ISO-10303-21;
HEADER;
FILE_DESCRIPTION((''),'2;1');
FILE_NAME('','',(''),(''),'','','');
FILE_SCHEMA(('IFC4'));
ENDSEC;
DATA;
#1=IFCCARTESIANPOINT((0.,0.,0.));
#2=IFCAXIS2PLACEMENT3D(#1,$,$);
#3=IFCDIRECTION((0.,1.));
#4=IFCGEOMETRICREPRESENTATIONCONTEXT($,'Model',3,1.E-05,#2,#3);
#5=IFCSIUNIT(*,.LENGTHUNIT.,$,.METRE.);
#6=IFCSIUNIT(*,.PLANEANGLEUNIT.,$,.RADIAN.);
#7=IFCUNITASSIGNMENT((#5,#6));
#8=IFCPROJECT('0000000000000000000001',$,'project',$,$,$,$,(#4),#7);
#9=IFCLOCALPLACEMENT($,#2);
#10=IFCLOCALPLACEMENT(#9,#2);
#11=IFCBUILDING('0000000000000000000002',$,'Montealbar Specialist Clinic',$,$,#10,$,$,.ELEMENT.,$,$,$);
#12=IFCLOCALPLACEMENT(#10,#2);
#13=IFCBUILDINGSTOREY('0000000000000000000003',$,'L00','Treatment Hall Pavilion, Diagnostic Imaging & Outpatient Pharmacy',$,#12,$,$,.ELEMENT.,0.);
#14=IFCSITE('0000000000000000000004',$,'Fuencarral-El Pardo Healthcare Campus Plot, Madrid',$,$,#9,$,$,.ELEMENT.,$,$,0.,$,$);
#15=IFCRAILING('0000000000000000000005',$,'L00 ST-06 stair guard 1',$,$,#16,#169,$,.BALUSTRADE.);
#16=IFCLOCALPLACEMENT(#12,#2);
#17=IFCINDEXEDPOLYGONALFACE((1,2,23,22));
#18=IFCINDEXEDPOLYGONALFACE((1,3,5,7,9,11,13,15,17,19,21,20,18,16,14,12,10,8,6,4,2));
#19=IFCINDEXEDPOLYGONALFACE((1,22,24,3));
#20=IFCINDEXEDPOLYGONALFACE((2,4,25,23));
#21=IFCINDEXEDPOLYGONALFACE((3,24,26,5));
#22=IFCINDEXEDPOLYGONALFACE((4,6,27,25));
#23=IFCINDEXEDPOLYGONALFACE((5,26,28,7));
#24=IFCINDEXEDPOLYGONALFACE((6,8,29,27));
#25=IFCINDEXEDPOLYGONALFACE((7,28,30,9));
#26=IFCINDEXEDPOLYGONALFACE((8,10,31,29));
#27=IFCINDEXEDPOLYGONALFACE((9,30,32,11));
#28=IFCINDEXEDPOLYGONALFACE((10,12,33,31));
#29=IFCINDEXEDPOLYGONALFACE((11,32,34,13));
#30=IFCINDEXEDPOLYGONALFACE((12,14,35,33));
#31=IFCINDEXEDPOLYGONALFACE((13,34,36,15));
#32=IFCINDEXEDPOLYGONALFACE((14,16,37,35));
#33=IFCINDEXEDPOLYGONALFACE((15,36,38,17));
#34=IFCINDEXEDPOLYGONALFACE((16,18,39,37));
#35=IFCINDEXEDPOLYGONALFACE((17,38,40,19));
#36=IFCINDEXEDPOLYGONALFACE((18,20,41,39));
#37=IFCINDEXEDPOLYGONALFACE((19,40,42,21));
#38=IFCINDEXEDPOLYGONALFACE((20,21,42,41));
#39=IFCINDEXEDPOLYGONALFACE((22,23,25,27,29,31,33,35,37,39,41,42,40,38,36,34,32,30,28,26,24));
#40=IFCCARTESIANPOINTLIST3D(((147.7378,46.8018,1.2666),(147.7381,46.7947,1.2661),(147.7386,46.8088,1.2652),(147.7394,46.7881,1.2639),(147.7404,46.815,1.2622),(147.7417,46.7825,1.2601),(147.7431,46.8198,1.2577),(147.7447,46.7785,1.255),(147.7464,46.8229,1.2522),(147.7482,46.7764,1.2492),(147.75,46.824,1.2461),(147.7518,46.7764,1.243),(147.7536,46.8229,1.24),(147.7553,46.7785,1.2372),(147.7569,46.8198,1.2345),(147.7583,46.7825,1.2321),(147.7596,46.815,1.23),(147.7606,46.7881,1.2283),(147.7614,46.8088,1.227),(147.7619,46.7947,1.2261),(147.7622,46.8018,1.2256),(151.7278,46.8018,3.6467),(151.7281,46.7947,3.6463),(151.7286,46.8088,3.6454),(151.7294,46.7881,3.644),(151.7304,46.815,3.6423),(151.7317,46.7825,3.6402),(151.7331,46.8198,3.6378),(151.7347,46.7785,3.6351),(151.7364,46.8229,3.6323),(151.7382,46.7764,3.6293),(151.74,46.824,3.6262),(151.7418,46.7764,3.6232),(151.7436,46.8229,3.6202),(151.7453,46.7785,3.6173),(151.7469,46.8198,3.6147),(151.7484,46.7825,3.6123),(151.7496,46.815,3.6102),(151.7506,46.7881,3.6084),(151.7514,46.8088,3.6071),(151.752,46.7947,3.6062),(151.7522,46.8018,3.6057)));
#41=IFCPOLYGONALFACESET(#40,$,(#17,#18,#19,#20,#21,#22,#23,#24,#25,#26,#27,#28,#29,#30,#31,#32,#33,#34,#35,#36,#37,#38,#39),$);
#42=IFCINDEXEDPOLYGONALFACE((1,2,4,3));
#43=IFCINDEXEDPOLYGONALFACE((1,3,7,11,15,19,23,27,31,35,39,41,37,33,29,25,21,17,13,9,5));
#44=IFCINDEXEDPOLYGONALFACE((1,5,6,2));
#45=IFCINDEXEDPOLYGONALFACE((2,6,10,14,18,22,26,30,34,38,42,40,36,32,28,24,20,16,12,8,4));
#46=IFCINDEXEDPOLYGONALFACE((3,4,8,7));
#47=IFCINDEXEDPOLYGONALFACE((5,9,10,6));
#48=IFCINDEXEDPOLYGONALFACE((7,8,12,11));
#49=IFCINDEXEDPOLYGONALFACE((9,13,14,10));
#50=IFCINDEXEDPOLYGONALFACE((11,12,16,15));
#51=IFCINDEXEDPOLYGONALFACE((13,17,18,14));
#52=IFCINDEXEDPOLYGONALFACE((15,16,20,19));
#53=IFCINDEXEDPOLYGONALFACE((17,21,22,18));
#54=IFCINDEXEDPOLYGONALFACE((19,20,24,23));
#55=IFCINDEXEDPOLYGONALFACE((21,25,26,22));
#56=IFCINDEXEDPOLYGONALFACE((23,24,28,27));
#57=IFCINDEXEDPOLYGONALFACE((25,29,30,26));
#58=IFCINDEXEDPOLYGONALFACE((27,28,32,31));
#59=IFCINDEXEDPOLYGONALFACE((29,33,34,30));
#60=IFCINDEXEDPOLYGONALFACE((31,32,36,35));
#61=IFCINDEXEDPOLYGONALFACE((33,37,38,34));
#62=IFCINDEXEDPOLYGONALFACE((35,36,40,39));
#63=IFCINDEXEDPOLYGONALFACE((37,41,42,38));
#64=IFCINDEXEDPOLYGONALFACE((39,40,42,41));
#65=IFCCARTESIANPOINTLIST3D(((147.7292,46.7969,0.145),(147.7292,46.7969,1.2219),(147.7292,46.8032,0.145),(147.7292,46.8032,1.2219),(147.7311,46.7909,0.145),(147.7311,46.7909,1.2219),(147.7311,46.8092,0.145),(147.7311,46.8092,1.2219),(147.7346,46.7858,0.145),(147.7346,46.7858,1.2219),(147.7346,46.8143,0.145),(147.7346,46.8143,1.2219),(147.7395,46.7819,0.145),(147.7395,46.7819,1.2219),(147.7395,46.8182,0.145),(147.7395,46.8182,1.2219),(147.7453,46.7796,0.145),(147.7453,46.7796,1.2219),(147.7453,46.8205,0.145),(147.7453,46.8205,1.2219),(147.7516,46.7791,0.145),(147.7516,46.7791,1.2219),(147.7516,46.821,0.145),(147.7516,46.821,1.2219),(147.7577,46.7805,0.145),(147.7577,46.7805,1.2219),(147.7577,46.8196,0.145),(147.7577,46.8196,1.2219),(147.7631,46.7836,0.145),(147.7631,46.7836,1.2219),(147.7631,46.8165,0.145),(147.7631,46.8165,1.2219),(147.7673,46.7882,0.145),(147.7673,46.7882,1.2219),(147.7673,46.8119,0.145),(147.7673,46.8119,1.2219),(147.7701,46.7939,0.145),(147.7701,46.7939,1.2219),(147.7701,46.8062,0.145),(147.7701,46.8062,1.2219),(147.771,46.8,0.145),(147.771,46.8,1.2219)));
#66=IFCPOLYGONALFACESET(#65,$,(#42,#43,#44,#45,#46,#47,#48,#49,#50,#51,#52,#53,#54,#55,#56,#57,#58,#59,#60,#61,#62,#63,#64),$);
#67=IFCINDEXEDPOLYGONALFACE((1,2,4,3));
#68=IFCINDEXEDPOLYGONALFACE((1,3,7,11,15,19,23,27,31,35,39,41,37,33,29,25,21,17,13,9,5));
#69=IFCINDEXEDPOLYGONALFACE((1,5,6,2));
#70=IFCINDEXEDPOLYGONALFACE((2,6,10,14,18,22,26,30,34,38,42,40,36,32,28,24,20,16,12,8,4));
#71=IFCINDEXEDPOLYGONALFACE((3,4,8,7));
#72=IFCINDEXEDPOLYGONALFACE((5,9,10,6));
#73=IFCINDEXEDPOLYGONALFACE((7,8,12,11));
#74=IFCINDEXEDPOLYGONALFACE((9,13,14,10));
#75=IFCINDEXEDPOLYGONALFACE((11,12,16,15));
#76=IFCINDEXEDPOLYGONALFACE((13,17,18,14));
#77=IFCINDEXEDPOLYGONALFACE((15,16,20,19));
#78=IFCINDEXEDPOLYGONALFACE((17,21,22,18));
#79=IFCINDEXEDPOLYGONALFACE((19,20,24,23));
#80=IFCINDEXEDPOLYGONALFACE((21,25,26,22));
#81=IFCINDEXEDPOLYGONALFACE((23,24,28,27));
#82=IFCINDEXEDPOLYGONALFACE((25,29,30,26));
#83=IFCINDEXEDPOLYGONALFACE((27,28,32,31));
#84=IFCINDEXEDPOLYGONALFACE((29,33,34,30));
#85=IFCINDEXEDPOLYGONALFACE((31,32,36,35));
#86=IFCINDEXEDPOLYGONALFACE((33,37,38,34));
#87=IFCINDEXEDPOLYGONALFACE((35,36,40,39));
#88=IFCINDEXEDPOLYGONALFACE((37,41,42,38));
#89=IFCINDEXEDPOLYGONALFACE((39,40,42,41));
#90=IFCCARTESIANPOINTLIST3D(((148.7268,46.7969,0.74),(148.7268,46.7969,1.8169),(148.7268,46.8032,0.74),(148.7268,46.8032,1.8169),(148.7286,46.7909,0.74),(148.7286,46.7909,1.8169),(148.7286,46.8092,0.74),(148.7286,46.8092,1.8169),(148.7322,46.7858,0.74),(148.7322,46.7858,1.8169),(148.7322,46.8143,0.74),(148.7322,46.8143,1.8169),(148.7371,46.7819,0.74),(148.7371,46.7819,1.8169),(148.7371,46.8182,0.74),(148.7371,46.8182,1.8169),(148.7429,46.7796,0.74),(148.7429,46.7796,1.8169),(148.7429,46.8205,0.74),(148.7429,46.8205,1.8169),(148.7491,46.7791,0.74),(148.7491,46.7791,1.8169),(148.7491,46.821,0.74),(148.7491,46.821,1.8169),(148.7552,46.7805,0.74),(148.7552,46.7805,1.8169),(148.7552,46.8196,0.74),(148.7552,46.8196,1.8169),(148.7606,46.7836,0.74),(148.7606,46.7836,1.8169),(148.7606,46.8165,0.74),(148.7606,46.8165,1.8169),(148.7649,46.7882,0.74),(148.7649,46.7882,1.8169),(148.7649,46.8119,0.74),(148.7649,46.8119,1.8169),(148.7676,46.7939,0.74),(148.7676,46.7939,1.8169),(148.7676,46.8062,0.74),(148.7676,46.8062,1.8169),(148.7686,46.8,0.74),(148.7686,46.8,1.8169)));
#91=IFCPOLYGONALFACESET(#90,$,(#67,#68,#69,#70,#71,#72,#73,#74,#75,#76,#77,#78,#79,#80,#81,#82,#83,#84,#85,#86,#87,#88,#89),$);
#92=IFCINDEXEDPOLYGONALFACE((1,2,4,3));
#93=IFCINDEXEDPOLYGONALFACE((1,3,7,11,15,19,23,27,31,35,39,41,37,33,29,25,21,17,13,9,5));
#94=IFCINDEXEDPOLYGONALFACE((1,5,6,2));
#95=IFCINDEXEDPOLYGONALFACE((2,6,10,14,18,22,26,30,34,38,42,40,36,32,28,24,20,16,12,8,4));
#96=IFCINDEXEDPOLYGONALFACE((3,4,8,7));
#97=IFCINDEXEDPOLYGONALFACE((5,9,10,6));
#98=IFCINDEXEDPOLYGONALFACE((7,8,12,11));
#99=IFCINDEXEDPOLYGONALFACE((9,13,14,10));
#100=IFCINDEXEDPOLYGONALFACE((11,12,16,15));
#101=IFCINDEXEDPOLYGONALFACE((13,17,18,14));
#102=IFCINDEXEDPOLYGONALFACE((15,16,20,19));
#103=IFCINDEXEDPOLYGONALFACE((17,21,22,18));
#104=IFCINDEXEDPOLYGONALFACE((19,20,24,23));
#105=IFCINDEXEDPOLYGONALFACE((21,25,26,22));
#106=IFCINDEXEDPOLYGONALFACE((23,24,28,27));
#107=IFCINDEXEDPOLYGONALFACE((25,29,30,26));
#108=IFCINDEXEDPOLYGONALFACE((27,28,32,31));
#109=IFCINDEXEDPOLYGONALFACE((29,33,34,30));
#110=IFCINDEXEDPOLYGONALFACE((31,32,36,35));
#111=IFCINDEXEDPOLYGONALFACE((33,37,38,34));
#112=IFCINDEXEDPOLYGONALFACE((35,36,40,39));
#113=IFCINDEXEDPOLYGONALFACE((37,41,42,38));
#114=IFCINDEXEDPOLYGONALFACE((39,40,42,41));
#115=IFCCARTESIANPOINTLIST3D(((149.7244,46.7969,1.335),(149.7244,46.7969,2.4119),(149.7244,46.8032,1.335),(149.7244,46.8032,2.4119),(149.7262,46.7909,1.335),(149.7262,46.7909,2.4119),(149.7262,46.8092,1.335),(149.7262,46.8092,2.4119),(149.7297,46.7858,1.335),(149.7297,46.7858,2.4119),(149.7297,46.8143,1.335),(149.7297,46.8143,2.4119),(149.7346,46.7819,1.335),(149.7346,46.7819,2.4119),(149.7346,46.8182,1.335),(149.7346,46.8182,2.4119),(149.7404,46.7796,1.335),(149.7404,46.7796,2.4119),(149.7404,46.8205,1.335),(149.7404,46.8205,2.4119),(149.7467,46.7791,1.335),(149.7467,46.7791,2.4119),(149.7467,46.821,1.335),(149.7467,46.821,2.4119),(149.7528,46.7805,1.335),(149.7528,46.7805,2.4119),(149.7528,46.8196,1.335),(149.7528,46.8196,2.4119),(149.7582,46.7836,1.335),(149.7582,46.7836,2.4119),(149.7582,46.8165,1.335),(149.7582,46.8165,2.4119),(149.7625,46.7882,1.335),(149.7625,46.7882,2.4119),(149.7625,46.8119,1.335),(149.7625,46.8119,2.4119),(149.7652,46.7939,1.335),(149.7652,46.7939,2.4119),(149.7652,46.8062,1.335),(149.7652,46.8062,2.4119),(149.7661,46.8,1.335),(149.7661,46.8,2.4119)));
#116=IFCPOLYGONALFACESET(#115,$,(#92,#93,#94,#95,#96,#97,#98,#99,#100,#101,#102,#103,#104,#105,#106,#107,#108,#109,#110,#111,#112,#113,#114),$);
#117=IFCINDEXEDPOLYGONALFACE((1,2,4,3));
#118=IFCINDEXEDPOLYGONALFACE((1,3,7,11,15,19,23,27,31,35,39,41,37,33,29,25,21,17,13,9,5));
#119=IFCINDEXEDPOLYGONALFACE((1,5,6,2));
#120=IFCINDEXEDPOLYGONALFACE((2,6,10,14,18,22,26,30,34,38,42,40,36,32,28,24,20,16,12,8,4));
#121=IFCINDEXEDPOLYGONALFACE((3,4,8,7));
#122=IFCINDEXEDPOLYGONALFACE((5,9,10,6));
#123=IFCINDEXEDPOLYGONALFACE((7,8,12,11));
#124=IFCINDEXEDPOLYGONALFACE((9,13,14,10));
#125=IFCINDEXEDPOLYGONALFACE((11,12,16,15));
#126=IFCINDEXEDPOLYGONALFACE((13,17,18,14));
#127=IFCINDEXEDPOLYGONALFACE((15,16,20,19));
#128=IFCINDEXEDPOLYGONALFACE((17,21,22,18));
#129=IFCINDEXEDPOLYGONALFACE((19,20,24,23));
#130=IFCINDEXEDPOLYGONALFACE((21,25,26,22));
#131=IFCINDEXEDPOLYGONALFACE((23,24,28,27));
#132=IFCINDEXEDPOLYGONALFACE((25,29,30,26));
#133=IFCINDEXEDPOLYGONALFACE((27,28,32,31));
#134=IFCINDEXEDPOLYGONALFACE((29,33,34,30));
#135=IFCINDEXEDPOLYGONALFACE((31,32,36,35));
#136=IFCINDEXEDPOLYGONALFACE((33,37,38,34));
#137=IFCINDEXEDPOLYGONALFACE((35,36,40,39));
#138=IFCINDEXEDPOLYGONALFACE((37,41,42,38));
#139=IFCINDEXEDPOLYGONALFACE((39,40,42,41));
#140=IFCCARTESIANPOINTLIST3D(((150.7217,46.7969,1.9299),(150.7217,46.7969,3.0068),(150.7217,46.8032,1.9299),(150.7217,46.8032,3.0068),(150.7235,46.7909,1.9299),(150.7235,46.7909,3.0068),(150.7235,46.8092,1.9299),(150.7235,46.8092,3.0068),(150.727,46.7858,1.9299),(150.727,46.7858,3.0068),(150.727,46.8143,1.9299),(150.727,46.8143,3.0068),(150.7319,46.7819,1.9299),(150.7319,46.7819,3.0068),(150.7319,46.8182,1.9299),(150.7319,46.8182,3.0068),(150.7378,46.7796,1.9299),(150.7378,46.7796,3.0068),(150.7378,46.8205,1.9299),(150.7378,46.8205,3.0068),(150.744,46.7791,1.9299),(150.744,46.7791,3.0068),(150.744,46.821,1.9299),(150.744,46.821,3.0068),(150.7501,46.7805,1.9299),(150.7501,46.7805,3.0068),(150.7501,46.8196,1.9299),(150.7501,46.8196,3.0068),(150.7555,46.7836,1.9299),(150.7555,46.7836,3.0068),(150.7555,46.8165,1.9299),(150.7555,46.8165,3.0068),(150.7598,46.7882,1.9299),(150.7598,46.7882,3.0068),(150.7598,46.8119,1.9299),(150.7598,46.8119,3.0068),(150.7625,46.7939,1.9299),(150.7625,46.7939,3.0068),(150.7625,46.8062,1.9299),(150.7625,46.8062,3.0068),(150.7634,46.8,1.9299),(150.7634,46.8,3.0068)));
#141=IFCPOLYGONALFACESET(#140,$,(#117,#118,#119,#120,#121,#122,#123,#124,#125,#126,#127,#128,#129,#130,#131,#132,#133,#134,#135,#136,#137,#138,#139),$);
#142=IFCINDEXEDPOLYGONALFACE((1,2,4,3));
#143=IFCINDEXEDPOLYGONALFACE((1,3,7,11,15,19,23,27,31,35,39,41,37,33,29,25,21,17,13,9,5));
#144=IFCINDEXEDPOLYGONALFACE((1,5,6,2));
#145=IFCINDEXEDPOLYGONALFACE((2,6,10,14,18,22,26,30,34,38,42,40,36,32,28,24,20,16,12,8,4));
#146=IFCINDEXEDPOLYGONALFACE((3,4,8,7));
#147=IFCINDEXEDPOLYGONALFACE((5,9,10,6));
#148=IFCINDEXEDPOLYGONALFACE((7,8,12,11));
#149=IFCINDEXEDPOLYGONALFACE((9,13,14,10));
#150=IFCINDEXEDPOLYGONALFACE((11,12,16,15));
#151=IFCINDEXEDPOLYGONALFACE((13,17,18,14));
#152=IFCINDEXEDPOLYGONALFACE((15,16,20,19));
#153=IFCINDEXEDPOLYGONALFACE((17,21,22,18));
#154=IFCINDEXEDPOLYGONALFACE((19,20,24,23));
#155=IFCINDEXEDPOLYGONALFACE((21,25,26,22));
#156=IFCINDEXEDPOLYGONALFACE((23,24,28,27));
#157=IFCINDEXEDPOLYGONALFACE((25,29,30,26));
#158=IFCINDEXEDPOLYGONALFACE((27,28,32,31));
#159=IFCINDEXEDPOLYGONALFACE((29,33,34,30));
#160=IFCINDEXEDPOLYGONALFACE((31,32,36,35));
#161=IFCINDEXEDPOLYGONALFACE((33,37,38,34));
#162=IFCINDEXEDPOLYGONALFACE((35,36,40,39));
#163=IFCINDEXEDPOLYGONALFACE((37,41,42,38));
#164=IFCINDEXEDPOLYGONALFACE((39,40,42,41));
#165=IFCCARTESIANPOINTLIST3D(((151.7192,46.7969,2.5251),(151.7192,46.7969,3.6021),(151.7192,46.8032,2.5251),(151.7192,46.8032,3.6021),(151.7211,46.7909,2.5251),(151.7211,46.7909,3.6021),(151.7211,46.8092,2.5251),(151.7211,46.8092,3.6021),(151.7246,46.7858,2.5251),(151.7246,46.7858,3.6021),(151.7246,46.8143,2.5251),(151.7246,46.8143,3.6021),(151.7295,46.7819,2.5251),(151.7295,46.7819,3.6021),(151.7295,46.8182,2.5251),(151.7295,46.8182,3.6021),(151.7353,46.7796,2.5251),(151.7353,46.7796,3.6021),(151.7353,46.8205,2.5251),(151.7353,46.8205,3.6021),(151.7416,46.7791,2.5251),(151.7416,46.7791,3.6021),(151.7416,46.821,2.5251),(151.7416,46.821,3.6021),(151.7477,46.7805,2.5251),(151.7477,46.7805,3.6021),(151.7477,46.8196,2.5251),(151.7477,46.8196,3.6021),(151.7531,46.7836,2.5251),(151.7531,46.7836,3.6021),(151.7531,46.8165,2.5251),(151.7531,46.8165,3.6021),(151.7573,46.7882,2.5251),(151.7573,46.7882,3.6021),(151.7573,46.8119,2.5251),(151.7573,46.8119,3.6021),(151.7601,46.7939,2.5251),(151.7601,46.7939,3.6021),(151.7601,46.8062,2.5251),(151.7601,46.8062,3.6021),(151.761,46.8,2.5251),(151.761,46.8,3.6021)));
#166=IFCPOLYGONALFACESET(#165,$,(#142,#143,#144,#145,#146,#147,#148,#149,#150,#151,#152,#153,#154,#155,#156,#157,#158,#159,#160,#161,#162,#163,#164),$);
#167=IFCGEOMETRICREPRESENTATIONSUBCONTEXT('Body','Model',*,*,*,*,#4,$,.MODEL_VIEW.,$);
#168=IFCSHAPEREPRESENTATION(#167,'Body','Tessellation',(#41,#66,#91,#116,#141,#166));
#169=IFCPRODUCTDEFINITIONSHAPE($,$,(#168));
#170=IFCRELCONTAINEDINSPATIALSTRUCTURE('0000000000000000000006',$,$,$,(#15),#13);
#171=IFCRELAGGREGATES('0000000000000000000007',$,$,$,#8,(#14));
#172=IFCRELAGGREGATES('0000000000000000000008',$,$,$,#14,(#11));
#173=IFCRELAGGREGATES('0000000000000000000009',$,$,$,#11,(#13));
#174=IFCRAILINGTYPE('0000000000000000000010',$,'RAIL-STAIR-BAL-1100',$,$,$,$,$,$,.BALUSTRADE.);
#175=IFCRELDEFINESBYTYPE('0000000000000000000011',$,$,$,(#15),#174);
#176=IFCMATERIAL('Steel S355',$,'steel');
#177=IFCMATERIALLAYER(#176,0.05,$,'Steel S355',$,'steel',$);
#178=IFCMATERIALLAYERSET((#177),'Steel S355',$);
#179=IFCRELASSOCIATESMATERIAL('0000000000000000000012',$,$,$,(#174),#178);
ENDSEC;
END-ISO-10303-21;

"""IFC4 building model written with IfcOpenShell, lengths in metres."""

from ifc_helpers import new_model, si_unit, direction, frame, origin, origin_2d, place, context, subcontext, project, spatial, circle, extrude, material, layer, layer_set, type_object, element, save


model = new_model("IFC4")

# Units and contexts
model_context = context("Model", 3, precision=1e-05, world=origin(), true_north=direction((0.0, 1.0)))
body_context = subcontext(model_context, "Body", "Model", "MODEL_VIEW")
ifc_project = project(units=[si_unit("LENGTHUNIT", "METRE"), si_unit("PLANEANGLEUNIT", "RADIAN")], contexts=[model_context])

# Site, building, storey
site_placement = place(None, origin())
site = spatial("IfcSite", under=ifc_project, at=site_placement, Name="Fuencarral-El Pardo Healthcare Campus Plot, Madrid", CompositionType="ELEMENT", RefElevation=0.0)
building_placement = place(site_placement, origin())
building = spatial("IfcBuilding", under=site, at=building_placement, Name="Montealbar Specialist Clinic", CompositionType="ELEMENT")
storey_placement = place(building_placement, origin())
storey = spatial("IfcBuildingStorey", under=building, at=storey_placement, Name="L00", Description="Treatment Hall Pavilion, Diagnostic Imaging & Outpatient Pharmacy", CompositionType="ELEMENT", Elevation=0.0)

# Shared definitions
ifc_material_1 = material(Name="Steel S355", Category="steel")

# Railing
ifc_layer_1 = layer(ifc_material_1, 0.05, Name="Steel S355", Category="steel")
ifc_layer_set_1 = layer_set([ifc_layer_1], Name="Steel S355")
railing_type_1 = type_object("IfcRailingType", Name="RAIL-STAIR-BAL-1100", PredefinedType="BALUSTRADE", material=ifc_layer_set_1)
railing_1_placement = place(storey_placement, frame((147.75, 46.8, 0.1699)))
element("IfcRailing", 1, at=railing_1_placement, inside=storey, type_object=railing_type_1, Name="L00 ST-06 stair guard 1", PredefinedType="BALUSTRADE", context=body_context, shape_type="SweptSolid", body=[
    extrude(circle(Radius=0.0239, at=origin_2d()), frame((0.0, 0.0, 1.0762), z_axis=(0.858807, 0.0, 0.512299), x_axis=(0.0, 1.0, 0.0)), (0.0, 0.0, 1.0), 4.646),
    extrude(circle(Radius=0.021, at=origin_2d()), frame((0.0, 0.0, -0.0249)), (0.0, 0.0, 1.0), 1.0769),
    extrude(circle(Radius=0.021, at=origin_2d()), frame((0.9976, 0.0, 0.5701)), (0.0, 0.0, 1.0), 1.0769),
    extrude(circle(Radius=0.021, at=origin_2d()), frame((1.9951, 0.0, 1.165)), (0.0, 0.0, 1.0), 1.0769),
    extrude(circle(Radius=0.021, at=origin_2d()), frame((2.9924, 0.0, 1.76)), (0.0, 0.0, 1.0), 1.0769),
    extrude(circle(Radius=0.021, at=origin_2d()), frame((3.99, 0.0, 2.3552)), (0.0, 0.0, 1.0), 1.0769),
])

save(model, "model.ifc")
